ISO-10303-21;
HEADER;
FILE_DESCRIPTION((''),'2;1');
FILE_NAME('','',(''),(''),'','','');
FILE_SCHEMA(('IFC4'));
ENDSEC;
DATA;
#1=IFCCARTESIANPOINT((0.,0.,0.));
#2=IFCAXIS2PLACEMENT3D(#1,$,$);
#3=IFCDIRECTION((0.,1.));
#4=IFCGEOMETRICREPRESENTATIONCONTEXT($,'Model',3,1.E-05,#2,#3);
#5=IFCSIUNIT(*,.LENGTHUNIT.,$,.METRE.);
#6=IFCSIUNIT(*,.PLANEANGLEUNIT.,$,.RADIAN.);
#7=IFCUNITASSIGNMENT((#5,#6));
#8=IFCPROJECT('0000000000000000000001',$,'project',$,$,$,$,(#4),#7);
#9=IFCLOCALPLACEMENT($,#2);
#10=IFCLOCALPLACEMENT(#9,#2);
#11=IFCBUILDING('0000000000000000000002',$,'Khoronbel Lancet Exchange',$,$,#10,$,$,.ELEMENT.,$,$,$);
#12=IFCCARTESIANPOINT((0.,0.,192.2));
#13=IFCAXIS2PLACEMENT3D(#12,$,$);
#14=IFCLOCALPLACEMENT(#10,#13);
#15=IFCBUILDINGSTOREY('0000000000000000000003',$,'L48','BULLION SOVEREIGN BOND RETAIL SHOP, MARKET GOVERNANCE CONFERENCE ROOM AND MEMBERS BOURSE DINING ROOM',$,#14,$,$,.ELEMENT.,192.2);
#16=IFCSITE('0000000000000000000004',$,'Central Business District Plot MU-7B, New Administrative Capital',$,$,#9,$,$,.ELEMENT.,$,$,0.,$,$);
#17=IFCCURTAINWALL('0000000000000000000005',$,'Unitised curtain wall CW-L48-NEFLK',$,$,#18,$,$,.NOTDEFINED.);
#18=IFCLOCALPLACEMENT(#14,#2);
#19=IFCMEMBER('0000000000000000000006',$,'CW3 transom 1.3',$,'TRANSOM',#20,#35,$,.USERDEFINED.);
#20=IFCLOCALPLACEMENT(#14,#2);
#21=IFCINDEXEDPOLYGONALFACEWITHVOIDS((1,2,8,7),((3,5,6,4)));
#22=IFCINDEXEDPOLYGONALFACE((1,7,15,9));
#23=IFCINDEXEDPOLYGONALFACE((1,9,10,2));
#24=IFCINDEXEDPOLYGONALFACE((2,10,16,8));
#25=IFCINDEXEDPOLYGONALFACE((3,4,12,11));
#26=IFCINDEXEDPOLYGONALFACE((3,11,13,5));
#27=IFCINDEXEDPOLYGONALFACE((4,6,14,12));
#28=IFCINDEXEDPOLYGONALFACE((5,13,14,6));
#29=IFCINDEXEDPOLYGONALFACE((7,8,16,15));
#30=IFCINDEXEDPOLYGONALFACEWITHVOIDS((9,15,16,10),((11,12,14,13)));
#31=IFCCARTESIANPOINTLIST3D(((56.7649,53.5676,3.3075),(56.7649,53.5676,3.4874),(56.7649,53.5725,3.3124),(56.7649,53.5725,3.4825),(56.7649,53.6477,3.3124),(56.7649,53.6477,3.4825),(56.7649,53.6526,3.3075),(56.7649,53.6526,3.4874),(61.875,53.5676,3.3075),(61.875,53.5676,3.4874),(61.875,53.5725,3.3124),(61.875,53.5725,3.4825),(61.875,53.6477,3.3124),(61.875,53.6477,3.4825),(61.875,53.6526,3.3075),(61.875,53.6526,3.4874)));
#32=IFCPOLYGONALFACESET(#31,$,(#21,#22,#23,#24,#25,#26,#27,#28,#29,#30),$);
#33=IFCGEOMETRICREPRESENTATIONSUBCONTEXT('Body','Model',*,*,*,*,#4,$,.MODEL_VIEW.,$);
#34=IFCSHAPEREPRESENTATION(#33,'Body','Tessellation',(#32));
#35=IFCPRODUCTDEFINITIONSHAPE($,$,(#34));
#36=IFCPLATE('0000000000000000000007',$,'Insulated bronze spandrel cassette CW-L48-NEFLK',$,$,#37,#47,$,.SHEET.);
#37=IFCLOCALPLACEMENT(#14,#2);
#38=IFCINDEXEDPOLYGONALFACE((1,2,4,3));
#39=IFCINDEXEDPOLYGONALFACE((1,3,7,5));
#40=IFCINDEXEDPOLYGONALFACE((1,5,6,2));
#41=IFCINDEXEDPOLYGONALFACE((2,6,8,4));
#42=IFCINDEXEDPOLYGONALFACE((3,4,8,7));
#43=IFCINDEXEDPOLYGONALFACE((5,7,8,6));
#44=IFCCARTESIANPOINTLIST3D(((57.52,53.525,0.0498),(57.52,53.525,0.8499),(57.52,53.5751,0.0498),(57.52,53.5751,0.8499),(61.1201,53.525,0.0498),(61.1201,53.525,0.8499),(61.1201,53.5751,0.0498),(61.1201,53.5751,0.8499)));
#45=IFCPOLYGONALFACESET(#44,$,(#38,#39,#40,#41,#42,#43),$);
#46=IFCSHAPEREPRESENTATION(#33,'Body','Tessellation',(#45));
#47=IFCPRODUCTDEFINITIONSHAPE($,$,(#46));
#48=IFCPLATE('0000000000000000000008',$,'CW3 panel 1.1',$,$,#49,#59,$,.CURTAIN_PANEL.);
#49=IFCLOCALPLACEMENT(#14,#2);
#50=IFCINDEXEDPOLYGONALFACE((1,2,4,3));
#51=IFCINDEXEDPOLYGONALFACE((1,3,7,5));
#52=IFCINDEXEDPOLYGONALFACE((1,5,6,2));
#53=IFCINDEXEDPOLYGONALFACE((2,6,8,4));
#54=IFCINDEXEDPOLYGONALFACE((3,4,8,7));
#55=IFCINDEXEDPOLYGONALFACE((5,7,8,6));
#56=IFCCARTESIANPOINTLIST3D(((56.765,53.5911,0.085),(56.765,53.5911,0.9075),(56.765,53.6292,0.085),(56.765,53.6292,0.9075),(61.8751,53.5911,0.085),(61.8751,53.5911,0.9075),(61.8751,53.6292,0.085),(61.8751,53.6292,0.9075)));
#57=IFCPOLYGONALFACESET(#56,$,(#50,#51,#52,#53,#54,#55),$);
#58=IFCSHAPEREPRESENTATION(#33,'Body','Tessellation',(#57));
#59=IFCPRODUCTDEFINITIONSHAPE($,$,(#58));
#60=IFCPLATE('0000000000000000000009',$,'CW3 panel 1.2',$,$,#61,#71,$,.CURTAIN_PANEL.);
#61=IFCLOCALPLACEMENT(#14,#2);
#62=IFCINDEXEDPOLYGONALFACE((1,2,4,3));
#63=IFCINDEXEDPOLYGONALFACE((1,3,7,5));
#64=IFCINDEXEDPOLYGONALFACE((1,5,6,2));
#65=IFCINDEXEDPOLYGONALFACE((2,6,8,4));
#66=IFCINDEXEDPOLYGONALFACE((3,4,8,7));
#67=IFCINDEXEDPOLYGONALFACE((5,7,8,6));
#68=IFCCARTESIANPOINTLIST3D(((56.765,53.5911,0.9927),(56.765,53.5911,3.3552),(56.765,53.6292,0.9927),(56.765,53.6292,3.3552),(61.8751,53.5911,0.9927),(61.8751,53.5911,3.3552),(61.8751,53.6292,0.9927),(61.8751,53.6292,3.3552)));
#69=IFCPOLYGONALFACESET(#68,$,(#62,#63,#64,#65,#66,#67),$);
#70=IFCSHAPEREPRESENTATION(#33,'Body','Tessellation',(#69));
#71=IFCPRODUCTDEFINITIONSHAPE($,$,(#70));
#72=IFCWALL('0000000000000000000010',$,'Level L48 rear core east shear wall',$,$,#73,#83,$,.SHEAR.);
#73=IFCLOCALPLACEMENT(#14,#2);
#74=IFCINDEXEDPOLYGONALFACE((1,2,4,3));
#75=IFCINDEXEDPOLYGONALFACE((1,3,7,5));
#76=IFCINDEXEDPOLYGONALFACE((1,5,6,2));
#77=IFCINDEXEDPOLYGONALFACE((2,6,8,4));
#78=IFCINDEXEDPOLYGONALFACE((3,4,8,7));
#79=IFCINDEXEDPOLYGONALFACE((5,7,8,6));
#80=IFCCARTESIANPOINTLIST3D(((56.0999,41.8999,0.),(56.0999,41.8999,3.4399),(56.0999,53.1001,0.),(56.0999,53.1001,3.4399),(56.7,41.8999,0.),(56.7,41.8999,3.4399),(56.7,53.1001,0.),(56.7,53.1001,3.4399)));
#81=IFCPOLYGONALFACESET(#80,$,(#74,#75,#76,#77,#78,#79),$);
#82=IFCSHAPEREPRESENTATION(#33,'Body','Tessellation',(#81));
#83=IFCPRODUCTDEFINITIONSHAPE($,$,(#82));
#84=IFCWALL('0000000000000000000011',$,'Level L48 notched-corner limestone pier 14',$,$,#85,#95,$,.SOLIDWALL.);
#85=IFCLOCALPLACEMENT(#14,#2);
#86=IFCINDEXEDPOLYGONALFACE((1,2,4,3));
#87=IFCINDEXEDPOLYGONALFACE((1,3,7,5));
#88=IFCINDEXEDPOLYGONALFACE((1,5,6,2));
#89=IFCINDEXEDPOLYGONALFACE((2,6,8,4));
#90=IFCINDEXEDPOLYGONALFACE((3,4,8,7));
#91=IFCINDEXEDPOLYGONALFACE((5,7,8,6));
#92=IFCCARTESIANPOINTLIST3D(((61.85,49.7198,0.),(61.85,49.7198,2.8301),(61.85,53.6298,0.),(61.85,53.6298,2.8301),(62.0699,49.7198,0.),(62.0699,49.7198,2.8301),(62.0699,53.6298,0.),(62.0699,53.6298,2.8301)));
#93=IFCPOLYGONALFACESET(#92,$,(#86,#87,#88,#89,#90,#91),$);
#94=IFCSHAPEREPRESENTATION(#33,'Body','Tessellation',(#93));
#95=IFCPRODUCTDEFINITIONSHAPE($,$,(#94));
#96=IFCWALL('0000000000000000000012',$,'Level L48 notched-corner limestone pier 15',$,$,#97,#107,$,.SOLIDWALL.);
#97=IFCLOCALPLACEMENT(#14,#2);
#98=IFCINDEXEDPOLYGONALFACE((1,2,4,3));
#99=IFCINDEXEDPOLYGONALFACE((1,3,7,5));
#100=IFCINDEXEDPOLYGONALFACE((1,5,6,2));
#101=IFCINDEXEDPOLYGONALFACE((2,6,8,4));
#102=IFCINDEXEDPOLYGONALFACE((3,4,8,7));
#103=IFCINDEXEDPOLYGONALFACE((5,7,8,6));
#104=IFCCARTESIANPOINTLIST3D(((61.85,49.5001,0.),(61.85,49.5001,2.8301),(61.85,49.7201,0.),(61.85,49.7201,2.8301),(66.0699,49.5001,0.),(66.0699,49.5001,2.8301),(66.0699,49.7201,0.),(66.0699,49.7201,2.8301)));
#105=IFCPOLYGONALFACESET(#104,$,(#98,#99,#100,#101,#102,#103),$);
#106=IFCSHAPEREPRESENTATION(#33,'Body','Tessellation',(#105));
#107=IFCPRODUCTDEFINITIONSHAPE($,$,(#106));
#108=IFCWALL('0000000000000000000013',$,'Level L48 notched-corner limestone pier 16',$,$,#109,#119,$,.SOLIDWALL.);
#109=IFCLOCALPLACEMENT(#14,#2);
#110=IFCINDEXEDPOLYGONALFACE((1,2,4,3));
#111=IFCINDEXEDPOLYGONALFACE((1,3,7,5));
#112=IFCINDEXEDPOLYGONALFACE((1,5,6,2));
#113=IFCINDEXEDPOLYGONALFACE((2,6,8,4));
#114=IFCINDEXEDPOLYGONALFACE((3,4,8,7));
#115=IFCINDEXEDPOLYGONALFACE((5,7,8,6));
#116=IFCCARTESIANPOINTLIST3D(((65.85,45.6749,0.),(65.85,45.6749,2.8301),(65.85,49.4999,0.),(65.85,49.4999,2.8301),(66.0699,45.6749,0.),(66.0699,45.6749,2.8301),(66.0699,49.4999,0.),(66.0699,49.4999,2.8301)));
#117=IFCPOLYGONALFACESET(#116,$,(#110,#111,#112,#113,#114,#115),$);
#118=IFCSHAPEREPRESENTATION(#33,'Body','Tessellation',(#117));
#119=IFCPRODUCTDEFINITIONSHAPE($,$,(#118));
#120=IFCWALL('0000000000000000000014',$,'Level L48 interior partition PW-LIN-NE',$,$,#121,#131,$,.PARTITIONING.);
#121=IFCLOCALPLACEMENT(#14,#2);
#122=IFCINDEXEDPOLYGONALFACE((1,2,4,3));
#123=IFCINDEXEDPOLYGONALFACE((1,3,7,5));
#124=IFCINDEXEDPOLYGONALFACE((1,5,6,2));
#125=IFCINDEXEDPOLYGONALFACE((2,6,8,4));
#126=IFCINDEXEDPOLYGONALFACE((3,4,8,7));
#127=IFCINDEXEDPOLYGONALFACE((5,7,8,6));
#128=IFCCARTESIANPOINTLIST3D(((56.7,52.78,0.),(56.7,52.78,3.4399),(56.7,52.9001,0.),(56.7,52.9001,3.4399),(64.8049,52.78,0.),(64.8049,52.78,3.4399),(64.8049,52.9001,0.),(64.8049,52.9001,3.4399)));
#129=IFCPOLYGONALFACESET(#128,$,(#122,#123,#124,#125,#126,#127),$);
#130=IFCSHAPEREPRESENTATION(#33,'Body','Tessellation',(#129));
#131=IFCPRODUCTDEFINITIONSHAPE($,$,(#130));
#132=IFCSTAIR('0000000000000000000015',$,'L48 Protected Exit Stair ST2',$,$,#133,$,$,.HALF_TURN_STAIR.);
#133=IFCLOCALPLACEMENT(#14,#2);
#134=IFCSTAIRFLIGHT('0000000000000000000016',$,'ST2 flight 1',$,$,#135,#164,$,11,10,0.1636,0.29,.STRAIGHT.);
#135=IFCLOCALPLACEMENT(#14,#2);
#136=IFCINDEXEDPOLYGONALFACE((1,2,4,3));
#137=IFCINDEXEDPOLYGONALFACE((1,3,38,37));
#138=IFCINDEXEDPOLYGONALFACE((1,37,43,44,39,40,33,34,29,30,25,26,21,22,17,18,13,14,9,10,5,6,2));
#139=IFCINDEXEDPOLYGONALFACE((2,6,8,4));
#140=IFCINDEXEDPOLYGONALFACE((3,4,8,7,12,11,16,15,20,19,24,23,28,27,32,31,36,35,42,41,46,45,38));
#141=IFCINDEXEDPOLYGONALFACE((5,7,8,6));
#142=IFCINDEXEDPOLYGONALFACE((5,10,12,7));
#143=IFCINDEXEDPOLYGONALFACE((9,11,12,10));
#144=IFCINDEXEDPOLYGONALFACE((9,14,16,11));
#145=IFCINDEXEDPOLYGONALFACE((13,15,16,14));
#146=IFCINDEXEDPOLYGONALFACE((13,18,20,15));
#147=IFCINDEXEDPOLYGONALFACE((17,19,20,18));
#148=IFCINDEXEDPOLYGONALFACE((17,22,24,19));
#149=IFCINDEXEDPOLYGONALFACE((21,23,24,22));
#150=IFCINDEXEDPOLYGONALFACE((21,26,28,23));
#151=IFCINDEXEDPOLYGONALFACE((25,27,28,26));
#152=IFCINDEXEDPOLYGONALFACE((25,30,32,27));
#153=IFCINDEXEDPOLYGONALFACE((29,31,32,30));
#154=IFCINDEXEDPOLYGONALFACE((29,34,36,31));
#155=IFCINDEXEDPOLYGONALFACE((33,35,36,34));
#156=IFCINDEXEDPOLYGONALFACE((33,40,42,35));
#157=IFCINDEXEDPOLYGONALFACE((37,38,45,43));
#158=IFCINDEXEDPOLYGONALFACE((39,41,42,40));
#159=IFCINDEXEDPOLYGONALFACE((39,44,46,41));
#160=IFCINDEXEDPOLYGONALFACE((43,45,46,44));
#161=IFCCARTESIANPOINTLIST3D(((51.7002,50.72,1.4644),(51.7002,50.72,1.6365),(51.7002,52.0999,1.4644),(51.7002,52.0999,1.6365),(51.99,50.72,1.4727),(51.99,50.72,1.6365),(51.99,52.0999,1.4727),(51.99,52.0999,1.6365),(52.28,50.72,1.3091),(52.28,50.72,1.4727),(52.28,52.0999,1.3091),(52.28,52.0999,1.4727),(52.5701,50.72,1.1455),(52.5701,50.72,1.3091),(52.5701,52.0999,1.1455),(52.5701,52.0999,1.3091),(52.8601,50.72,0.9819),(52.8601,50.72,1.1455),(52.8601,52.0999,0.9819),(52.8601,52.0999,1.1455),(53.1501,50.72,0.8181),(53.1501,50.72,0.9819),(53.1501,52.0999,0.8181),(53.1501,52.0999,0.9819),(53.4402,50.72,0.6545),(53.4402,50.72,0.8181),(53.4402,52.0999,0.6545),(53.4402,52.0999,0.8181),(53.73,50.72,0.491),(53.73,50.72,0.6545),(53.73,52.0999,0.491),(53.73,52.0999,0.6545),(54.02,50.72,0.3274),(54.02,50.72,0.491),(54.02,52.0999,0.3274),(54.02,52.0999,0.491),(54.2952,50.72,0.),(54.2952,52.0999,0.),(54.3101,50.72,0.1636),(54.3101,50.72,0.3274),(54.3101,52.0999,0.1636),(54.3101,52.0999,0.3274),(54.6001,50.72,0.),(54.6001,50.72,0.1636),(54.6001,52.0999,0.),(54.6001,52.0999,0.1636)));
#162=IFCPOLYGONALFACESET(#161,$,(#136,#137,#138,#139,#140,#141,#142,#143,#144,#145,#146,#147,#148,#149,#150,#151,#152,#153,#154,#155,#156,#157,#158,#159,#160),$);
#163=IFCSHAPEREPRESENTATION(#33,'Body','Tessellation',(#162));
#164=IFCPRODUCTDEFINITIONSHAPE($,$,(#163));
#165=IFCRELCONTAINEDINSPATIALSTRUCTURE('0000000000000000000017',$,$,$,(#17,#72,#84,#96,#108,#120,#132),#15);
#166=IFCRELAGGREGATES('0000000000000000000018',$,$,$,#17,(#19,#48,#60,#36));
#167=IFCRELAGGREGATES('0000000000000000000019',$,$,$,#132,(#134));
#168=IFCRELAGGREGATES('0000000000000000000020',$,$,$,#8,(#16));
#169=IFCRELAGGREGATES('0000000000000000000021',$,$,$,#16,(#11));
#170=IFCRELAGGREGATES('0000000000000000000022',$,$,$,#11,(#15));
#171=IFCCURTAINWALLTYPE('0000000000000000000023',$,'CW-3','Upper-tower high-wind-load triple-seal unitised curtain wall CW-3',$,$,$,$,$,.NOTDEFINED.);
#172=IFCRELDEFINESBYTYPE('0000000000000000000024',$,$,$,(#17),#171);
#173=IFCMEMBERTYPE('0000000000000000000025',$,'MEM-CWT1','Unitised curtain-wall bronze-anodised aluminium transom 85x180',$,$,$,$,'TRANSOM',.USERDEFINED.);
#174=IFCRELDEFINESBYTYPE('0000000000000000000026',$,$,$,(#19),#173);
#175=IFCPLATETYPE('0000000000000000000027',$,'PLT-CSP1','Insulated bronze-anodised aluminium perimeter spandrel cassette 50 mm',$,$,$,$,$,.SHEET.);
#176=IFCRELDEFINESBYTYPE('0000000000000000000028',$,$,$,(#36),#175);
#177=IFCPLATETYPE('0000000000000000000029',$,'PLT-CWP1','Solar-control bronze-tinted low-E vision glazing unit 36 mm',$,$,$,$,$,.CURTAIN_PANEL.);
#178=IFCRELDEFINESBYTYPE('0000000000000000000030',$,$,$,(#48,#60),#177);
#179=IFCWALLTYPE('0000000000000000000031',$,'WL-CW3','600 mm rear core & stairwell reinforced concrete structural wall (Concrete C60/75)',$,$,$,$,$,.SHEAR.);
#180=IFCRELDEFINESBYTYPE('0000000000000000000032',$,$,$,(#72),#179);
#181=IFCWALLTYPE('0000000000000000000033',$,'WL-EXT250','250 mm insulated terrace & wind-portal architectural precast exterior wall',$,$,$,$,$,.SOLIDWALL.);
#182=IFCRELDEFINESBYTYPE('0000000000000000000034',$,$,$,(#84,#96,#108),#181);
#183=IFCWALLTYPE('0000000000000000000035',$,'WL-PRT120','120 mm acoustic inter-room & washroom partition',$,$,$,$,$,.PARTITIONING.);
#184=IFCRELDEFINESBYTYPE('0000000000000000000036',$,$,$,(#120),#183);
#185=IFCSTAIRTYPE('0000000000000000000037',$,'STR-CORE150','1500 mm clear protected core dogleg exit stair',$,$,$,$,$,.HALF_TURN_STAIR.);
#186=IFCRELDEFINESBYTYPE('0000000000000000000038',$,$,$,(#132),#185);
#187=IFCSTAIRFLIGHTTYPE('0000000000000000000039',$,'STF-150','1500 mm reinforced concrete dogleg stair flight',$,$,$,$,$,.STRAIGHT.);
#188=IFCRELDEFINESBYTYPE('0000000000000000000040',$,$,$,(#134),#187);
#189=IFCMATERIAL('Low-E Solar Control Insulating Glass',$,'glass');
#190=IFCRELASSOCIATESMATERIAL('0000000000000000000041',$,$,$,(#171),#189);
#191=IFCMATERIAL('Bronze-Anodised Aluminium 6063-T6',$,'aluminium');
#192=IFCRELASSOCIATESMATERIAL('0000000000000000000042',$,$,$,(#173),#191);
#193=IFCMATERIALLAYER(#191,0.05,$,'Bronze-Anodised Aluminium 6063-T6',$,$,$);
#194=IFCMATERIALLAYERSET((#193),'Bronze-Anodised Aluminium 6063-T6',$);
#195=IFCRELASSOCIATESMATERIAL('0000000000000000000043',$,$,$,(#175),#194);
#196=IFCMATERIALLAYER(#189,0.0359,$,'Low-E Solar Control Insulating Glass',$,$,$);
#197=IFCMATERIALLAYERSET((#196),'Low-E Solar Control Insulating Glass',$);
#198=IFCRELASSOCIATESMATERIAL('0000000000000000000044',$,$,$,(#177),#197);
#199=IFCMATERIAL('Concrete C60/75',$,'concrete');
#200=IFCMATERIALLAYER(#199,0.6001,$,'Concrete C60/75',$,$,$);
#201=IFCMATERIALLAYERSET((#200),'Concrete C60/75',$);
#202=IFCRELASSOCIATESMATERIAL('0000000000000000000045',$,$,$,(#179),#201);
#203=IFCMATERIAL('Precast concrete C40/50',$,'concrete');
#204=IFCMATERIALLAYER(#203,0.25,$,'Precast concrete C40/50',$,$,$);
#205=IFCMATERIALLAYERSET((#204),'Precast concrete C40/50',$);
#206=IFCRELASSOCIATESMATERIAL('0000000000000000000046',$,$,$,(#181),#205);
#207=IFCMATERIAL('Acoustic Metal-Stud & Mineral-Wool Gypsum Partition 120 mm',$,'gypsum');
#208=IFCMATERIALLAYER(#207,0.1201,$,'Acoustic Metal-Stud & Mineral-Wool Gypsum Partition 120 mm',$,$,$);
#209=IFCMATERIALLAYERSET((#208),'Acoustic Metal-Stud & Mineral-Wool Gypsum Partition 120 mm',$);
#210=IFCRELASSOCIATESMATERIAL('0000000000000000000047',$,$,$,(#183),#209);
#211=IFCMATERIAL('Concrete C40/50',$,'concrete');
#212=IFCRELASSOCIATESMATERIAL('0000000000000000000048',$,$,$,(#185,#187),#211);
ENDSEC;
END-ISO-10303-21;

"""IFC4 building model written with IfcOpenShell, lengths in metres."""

from ifc_helpers import new_model, si_unit, direction, frame, frame_2d, origin, origin_2d, place, context, subcontext, project, spatial, polyline, rectangle, hollow_rectangle, outline, extrude, material, layer, layer_set, material_profile, profile_set, type_object, element, aggregate, save


model = new_model("IFC4")

# Units and contexts
model_context = context("Model", 3, precision=1e-05, world=origin(), true_north=direction((0.0, 1.0)))
body_context = subcontext(model_context, "Body", "Model", "MODEL_VIEW")
ifc_project = project(units=[si_unit("LENGTHUNIT", "METRE"), si_unit("PLANEANGLEUNIT", "RADIAN")], contexts=[model_context])

# Site, building, storey
site_placement = place(None, origin())
site = spatial("IfcSite", under=ifc_project, at=site_placement, Name="Central Business District Plot MU-7B, New Administrative Capital", CompositionType="ELEMENT", RefElevation=0.0)
building_placement = place(site_placement, origin())
building = spatial("IfcBuilding", under=site, at=building_placement, Name="Khoronbel Lancet Exchange", CompositionType="ELEMENT")
storey_placement = place(building_placement, frame((0.0, 0.0, 192.2)))
storey = spatial("IfcBuildingStorey", under=building, at=storey_placement, Name="L48", Description="BULLION SOVEREIGN BOND RETAIL SHOP, MARKET GOVERNANCE CONFERENCE ROOM AND MEMBERS BOURSE DINING ROOM", CompositionType="ELEMENT", Elevation=192.2)

# Curtain wall, member, plates
ifc_material_1 = material(Name="Low-E Solar Control Insulating Glass", Category="glass")
curtain_wall_type = type_object("IfcCurtainWallType", Name="CW-3", Description="Upper-tower high-wind-load triple-seal unitised curtain wall CW-3", PredefinedType="NOTDEFINED", material=ifc_material_1)
curtain_wall_placement = place(storey_placement, origin())
curtain_wall = element("IfcCurtainWall", 1, at=curtain_wall_placement, inside=storey, type_object=curtain_wall_type, Name="Unitised curtain wall CW-L48-NEFLK", PredefinedType="NOTDEFINED")
ifc_material_2 = material(Name="Bronze-Anodised Aluminium 6063-T6", Category="aluminium")
ifc_material_profile_1 = material_profile(ifc_material_2, hollow_rectangle(XDim=0.085, YDim=0.1799, WallThickness=0.0049, at=origin_2d()), Name="ALU TRANSOM 85x180")
ifc_profile_set_1 = profile_set([ifc_material_profile_1], Name="Bronze-Anodised Aluminium 6063-T6")
member_type_1 = type_object("IfcMemberType", Name="MEM-CWT1", Description="Unitised curtain-wall bronze-anodised aluminium transom 85x180", ElementType="TRANSOM", PredefinedType="USERDEFINED", material=ifc_profile_set_1)
member_1_placement = place(storey_placement, frame((61.875, 53.6101, 3.3975), z_axis=(-1.0, 0.0, 0.0), x_axis=(0.0, -1.0, 0.0)))
member_1 = element("IfcMember", 2, at=member_1_placement, type_object=member_type_1, Name="CW3 transom 1.3", ObjectType="TRANSOM", PredefinedType="USERDEFINED", context=body_context, shape_type="SweptSolid", body=[
    extrude(hollow_rectangle(XDim=0.085, YDim=0.1799, WallThickness=0.0049, at=origin_2d()), origin(), (0.0, 0.0, 1.0), 5.1101),
])
ifc_layer_1 = layer(ifc_material_2, 0.05, Name="Bronze-Anodised Aluminium 6063-T6")
ifc_layer_set_1 = layer_set([ifc_layer_1], Name="Bronze-Anodised Aluminium 6063-T6")
plate_type_1 = type_object("IfcPlateType", Name="PLT-CSP1", Description="Insulated bronze-anodised aluminium perimeter spandrel cassette 50 mm", PredefinedType="SHEET", material=ifc_layer_set_1)
plate_1_placement = place(storey_placement, frame((59.3201, 53.55, 0.0498), z_axis=(0.0, 0.0, 1.0), x_axis=(-1.0, 0.0, 0.0)))
plate_1 = element("IfcPlate", 3, at=plate_1_placement, type_object=plate_type_1, Name="Insulated bronze spandrel cassette CW-L48-NEFLK", PredefinedType="SHEET", context=body_context, shape_type="SweptSolid", body=[
    extrude(rectangle(XDim=3.6001, YDim=0.05, at=origin_2d()), origin(), (0.0, 0.0, 1.0), 0.8),
])
ifc_layer_2 = layer(ifc_material_1, 0.0359, Name="Low-E Solar Control Insulating Glass")
ifc_layer_set_2 = layer_set([ifc_layer_2], Name="Low-E Solar Control Insulating Glass")
plate_type_2 = type_object("IfcPlateType", Name="PLT-CWP1", Description="Solar-control bronze-tinted low-E vision glazing unit 36 mm", PredefinedType="CURTAIN_PANEL", material=ifc_layer_set_2)
plate_2_placement = place(storey_placement, frame((59.3201, 53.6101, 0.085), z_axis=(0.0, 0.0, 1.0), x_axis=(-1.0, 0.0, 0.0)))
plate_2 = element("IfcPlate", 4, at=plate_2_placement, type_object=plate_type_2, Name="CW3 panel 1.1", PredefinedType="CURTAIN_PANEL", context=body_context, shape_type="SweptSolid", body=[
    extrude(rectangle(XDim=5.1101, YDim=0.0381, at=origin_2d()), origin(), (0.0, 0.0, 1.0), 0.8225),
])
plate_3_placement = place(storey_placement, frame((59.3201, 53.6101, 0.9927), z_axis=(0.0, 0.0, 1.0), x_axis=(-1.0, 0.0, 0.0)))
plate_3 = element("IfcPlate", 5, at=plate_3_placement, type_object=plate_type_2, Name="CW3 panel 1.2", PredefinedType="CURTAIN_PANEL", context=body_context, shape_type="SweptSolid", body=[
    extrude(rectangle(XDim=5.1101, YDim=0.0381, at=origin_2d()), origin(), (0.0, 0.0, 1.0), 2.3625),
])
aggregate(curtain_wall, [member_1, plate_2, plate_3, plate_1])

# Walls
ifc_material_3 = material(Name="Concrete C60/75", Category="concrete")
ifc_layer_3 = layer(ifc_material_3, 0.6001, Name="Concrete C60/75")
ifc_layer_set_3 = layer_set([ifc_layer_3], Name="Concrete C60/75")
wall_type_1 = type_object("IfcWallType", Name="WL-CW3", Description="600 mm rear core & stairwell reinforced concrete structural wall (Concrete C60/75)", PredefinedType="SHEAR", material=ifc_layer_set_3)
wall_1_placement = place(storey_placement, frame((56.3999, 53.1001, 0.0), z_axis=(0.0, 0.0, 1.0), x_axis=(0.0, -1.0, 0.0)))
element("IfcWall", 6, at=wall_1_placement, inside=storey, type_object=wall_type_1, Name="Level L48 rear core east shear wall", PredefinedType="SHEAR", context=body_context, shape_type="SweptSolid", body=[
    extrude(rectangle(XDim=11.2002, YDim=0.6001, at=frame_2d((5.6001, 0.0))), origin(), (0.0, 0.0, 1.0), 3.4399),
])
ifc_material_4 = material(Name="Precast concrete C40/50", Category="concrete")
ifc_layer_4 = layer(ifc_material_4, 0.25, Name="Precast concrete C40/50")
ifc_layer_set_4 = layer_set([ifc_layer_4], Name="Precast concrete C40/50")
wall_type_2 = type_object("IfcWallType", Name="WL-EXT250", Description="250 mm insulated terrace & wind-portal architectural precast exterior wall", PredefinedType="SOLIDWALL", material=ifc_layer_set_4)
wall_2_placement = place(storey_placement, frame((61.96, 53.6299, 0.0), z_axis=(0.0, 0.0, 1.0), x_axis=(0.0, -1.0, 0.0)))
element("IfcWall", 7, at=wall_2_placement, inside=storey, type_object=wall_type_2, Name="Level L48 notched-corner limestone pier 14", PredefinedType="SOLIDWALL", context=body_context, shape_type="SweptSolid", body=[
    extrude(rectangle(XDim=3.9099, YDim=0.22, at=frame_2d((1.9551, 0.0))), origin(), (0.0, 0.0, 1.0), 2.8301),
])
wall_3_placement = place(storey_placement, frame((61.8501, 49.6101, 0.0), z_axis=(0.0, 0.0, 1.0), x_axis=(1.0, 0.0, 0.0)))
element("IfcWall", 8, at=wall_3_placement, inside=storey, type_object=wall_type_2, Name="Level L48 notched-corner limestone pier 15", PredefinedType="SOLIDWALL", context=body_context, shape_type="SweptSolid", body=[
    extrude(rectangle(XDim=4.22, YDim=0.22, at=frame_2d((2.1099, 0.0))), origin(), (0.0, 0.0, 1.0), 2.8301),
])
wall_4_placement = place(storey_placement, frame((65.96, 49.5, 0.0), z_axis=(0.0, 0.0, 1.0), x_axis=(0.0, -1.0, 0.0)))
element("IfcWall", 9, at=wall_4_placement, inside=storey, type_object=wall_type_2, Name="Level L48 notched-corner limestone pier 16", PredefinedType="SOLIDWALL", context=body_context, shape_type="SweptSolid", body=[
    extrude(rectangle(XDim=3.825, YDim=0.22, at=frame_2d((1.9126, 0.0))), origin(), (0.0, 0.0, 1.0), 2.8301),
])
ifc_material_5 = material(Name="Acoustic Metal-Stud & Mineral-Wool Gypsum Partition 120 mm", Category="gypsum")
ifc_layer_5 = layer(ifc_material_5, 0.1201, Name="Acoustic Metal-Stud & Mineral-Wool Gypsum Partition 120 mm")
ifc_layer_set_5 = layer_set([ifc_layer_5], Name="Acoustic Metal-Stud & Mineral-Wool Gypsum Partition 120 mm")
wall_type_3 = type_object("IfcWallType", Name="WL-PRT120", Description="120 mm acoustic inter-room & washroom partition", PredefinedType="PARTITIONING", material=ifc_layer_set_5)
wall_5_placement = place(storey_placement, frame((56.7, 52.8401, 0.0), z_axis=(0.0, 0.0, 1.0), x_axis=(1.0, 0.0, 0.0)))
element("IfcWall", 10, at=wall_5_placement, inside=storey, type_object=wall_type_3, Name="Level L48 interior partition PW-LIN-NE", PredefinedType="PARTITIONING", context=body_context, shape_type="SweptSolid", body=[
    extrude(rectangle(XDim=8.105, YDim=0.1201, at=frame_2d((4.0525, 0.0))), origin(), (0.0, 0.0, 1.0), 3.4399),
])

# Stair, stair flight
ifc_material_6 = material(Name="Concrete C40/50", Category="concrete")
stair_type = type_object("IfcStairType", Name="STR-CORE150", Description="1500 mm clear protected core dogleg exit stair", PredefinedType="HALF_TURN_STAIR", material=ifc_material_6)
stair_placement = place(storey_placement, origin())
stair = element("IfcStair", 11, at=stair_placement, inside=storey, type_object=stair_type, Name="L48 Protected Exit Stair ST2", PredefinedType="HALF_TURN_STAIR")
stair_flight_type = type_object("IfcStairFlightType", Name="STF-150", Description="1500 mm reinforced concrete dogleg stair flight", PredefinedType="STRAIGHT", material=ifc_material_6)
stair_flight_placement = place(storey_placement, frame((54.6001, 51.4099, 0.0), z_axis=(0.0, 0.0, 1.0), x_axis=(-1.0, 0.0, 0.0)))
stair_flight = element("IfcStairFlight", 12, at=stair_flight_placement, type_object=stair_flight_type, Name="ST2 flight 1", NumberOfRisers=11, NumberOfTreads=10, PredefinedType="STRAIGHT", RiserHeight=0.1636, TreadLength=0.29, context=body_context, shape_type="SweptSolid", body=[
    extrude(outline(polyline([(0.0, 0.0), (0.0, 0.1636), (0.29, 0.1636), (0.29, 0.3274), (0.5801, 0.3274), (0.5801, 0.491), (0.8701, 0.491), (0.8701, 0.6545), (1.1599, 0.6545), (1.1599, 0.8181), (1.45, 0.8181), (1.45, 0.9819), (1.74, 0.9819), (1.74, 1.1455), (2.03, 1.1455), (2.03, 1.3091), (2.3201, 1.3091), (2.3201, 1.4727), (2.6101, 1.4727), (2.6101, 1.6365), (2.8999, 1.6365), (2.8999, 1.8), (2.8999, 1.4644), (0.3049, 0.0), (0.0, 0.0)])), frame((0.0, 0.6899, 0.0), z_axis=(0.0, -1.0, 0.0), x_axis=(1.0, 0.0, 0.0)), (0.0, 0.0, 1.0), 1.3799),
])
aggregate(stair, [stair_flight])

save(model, "model.ifc")
